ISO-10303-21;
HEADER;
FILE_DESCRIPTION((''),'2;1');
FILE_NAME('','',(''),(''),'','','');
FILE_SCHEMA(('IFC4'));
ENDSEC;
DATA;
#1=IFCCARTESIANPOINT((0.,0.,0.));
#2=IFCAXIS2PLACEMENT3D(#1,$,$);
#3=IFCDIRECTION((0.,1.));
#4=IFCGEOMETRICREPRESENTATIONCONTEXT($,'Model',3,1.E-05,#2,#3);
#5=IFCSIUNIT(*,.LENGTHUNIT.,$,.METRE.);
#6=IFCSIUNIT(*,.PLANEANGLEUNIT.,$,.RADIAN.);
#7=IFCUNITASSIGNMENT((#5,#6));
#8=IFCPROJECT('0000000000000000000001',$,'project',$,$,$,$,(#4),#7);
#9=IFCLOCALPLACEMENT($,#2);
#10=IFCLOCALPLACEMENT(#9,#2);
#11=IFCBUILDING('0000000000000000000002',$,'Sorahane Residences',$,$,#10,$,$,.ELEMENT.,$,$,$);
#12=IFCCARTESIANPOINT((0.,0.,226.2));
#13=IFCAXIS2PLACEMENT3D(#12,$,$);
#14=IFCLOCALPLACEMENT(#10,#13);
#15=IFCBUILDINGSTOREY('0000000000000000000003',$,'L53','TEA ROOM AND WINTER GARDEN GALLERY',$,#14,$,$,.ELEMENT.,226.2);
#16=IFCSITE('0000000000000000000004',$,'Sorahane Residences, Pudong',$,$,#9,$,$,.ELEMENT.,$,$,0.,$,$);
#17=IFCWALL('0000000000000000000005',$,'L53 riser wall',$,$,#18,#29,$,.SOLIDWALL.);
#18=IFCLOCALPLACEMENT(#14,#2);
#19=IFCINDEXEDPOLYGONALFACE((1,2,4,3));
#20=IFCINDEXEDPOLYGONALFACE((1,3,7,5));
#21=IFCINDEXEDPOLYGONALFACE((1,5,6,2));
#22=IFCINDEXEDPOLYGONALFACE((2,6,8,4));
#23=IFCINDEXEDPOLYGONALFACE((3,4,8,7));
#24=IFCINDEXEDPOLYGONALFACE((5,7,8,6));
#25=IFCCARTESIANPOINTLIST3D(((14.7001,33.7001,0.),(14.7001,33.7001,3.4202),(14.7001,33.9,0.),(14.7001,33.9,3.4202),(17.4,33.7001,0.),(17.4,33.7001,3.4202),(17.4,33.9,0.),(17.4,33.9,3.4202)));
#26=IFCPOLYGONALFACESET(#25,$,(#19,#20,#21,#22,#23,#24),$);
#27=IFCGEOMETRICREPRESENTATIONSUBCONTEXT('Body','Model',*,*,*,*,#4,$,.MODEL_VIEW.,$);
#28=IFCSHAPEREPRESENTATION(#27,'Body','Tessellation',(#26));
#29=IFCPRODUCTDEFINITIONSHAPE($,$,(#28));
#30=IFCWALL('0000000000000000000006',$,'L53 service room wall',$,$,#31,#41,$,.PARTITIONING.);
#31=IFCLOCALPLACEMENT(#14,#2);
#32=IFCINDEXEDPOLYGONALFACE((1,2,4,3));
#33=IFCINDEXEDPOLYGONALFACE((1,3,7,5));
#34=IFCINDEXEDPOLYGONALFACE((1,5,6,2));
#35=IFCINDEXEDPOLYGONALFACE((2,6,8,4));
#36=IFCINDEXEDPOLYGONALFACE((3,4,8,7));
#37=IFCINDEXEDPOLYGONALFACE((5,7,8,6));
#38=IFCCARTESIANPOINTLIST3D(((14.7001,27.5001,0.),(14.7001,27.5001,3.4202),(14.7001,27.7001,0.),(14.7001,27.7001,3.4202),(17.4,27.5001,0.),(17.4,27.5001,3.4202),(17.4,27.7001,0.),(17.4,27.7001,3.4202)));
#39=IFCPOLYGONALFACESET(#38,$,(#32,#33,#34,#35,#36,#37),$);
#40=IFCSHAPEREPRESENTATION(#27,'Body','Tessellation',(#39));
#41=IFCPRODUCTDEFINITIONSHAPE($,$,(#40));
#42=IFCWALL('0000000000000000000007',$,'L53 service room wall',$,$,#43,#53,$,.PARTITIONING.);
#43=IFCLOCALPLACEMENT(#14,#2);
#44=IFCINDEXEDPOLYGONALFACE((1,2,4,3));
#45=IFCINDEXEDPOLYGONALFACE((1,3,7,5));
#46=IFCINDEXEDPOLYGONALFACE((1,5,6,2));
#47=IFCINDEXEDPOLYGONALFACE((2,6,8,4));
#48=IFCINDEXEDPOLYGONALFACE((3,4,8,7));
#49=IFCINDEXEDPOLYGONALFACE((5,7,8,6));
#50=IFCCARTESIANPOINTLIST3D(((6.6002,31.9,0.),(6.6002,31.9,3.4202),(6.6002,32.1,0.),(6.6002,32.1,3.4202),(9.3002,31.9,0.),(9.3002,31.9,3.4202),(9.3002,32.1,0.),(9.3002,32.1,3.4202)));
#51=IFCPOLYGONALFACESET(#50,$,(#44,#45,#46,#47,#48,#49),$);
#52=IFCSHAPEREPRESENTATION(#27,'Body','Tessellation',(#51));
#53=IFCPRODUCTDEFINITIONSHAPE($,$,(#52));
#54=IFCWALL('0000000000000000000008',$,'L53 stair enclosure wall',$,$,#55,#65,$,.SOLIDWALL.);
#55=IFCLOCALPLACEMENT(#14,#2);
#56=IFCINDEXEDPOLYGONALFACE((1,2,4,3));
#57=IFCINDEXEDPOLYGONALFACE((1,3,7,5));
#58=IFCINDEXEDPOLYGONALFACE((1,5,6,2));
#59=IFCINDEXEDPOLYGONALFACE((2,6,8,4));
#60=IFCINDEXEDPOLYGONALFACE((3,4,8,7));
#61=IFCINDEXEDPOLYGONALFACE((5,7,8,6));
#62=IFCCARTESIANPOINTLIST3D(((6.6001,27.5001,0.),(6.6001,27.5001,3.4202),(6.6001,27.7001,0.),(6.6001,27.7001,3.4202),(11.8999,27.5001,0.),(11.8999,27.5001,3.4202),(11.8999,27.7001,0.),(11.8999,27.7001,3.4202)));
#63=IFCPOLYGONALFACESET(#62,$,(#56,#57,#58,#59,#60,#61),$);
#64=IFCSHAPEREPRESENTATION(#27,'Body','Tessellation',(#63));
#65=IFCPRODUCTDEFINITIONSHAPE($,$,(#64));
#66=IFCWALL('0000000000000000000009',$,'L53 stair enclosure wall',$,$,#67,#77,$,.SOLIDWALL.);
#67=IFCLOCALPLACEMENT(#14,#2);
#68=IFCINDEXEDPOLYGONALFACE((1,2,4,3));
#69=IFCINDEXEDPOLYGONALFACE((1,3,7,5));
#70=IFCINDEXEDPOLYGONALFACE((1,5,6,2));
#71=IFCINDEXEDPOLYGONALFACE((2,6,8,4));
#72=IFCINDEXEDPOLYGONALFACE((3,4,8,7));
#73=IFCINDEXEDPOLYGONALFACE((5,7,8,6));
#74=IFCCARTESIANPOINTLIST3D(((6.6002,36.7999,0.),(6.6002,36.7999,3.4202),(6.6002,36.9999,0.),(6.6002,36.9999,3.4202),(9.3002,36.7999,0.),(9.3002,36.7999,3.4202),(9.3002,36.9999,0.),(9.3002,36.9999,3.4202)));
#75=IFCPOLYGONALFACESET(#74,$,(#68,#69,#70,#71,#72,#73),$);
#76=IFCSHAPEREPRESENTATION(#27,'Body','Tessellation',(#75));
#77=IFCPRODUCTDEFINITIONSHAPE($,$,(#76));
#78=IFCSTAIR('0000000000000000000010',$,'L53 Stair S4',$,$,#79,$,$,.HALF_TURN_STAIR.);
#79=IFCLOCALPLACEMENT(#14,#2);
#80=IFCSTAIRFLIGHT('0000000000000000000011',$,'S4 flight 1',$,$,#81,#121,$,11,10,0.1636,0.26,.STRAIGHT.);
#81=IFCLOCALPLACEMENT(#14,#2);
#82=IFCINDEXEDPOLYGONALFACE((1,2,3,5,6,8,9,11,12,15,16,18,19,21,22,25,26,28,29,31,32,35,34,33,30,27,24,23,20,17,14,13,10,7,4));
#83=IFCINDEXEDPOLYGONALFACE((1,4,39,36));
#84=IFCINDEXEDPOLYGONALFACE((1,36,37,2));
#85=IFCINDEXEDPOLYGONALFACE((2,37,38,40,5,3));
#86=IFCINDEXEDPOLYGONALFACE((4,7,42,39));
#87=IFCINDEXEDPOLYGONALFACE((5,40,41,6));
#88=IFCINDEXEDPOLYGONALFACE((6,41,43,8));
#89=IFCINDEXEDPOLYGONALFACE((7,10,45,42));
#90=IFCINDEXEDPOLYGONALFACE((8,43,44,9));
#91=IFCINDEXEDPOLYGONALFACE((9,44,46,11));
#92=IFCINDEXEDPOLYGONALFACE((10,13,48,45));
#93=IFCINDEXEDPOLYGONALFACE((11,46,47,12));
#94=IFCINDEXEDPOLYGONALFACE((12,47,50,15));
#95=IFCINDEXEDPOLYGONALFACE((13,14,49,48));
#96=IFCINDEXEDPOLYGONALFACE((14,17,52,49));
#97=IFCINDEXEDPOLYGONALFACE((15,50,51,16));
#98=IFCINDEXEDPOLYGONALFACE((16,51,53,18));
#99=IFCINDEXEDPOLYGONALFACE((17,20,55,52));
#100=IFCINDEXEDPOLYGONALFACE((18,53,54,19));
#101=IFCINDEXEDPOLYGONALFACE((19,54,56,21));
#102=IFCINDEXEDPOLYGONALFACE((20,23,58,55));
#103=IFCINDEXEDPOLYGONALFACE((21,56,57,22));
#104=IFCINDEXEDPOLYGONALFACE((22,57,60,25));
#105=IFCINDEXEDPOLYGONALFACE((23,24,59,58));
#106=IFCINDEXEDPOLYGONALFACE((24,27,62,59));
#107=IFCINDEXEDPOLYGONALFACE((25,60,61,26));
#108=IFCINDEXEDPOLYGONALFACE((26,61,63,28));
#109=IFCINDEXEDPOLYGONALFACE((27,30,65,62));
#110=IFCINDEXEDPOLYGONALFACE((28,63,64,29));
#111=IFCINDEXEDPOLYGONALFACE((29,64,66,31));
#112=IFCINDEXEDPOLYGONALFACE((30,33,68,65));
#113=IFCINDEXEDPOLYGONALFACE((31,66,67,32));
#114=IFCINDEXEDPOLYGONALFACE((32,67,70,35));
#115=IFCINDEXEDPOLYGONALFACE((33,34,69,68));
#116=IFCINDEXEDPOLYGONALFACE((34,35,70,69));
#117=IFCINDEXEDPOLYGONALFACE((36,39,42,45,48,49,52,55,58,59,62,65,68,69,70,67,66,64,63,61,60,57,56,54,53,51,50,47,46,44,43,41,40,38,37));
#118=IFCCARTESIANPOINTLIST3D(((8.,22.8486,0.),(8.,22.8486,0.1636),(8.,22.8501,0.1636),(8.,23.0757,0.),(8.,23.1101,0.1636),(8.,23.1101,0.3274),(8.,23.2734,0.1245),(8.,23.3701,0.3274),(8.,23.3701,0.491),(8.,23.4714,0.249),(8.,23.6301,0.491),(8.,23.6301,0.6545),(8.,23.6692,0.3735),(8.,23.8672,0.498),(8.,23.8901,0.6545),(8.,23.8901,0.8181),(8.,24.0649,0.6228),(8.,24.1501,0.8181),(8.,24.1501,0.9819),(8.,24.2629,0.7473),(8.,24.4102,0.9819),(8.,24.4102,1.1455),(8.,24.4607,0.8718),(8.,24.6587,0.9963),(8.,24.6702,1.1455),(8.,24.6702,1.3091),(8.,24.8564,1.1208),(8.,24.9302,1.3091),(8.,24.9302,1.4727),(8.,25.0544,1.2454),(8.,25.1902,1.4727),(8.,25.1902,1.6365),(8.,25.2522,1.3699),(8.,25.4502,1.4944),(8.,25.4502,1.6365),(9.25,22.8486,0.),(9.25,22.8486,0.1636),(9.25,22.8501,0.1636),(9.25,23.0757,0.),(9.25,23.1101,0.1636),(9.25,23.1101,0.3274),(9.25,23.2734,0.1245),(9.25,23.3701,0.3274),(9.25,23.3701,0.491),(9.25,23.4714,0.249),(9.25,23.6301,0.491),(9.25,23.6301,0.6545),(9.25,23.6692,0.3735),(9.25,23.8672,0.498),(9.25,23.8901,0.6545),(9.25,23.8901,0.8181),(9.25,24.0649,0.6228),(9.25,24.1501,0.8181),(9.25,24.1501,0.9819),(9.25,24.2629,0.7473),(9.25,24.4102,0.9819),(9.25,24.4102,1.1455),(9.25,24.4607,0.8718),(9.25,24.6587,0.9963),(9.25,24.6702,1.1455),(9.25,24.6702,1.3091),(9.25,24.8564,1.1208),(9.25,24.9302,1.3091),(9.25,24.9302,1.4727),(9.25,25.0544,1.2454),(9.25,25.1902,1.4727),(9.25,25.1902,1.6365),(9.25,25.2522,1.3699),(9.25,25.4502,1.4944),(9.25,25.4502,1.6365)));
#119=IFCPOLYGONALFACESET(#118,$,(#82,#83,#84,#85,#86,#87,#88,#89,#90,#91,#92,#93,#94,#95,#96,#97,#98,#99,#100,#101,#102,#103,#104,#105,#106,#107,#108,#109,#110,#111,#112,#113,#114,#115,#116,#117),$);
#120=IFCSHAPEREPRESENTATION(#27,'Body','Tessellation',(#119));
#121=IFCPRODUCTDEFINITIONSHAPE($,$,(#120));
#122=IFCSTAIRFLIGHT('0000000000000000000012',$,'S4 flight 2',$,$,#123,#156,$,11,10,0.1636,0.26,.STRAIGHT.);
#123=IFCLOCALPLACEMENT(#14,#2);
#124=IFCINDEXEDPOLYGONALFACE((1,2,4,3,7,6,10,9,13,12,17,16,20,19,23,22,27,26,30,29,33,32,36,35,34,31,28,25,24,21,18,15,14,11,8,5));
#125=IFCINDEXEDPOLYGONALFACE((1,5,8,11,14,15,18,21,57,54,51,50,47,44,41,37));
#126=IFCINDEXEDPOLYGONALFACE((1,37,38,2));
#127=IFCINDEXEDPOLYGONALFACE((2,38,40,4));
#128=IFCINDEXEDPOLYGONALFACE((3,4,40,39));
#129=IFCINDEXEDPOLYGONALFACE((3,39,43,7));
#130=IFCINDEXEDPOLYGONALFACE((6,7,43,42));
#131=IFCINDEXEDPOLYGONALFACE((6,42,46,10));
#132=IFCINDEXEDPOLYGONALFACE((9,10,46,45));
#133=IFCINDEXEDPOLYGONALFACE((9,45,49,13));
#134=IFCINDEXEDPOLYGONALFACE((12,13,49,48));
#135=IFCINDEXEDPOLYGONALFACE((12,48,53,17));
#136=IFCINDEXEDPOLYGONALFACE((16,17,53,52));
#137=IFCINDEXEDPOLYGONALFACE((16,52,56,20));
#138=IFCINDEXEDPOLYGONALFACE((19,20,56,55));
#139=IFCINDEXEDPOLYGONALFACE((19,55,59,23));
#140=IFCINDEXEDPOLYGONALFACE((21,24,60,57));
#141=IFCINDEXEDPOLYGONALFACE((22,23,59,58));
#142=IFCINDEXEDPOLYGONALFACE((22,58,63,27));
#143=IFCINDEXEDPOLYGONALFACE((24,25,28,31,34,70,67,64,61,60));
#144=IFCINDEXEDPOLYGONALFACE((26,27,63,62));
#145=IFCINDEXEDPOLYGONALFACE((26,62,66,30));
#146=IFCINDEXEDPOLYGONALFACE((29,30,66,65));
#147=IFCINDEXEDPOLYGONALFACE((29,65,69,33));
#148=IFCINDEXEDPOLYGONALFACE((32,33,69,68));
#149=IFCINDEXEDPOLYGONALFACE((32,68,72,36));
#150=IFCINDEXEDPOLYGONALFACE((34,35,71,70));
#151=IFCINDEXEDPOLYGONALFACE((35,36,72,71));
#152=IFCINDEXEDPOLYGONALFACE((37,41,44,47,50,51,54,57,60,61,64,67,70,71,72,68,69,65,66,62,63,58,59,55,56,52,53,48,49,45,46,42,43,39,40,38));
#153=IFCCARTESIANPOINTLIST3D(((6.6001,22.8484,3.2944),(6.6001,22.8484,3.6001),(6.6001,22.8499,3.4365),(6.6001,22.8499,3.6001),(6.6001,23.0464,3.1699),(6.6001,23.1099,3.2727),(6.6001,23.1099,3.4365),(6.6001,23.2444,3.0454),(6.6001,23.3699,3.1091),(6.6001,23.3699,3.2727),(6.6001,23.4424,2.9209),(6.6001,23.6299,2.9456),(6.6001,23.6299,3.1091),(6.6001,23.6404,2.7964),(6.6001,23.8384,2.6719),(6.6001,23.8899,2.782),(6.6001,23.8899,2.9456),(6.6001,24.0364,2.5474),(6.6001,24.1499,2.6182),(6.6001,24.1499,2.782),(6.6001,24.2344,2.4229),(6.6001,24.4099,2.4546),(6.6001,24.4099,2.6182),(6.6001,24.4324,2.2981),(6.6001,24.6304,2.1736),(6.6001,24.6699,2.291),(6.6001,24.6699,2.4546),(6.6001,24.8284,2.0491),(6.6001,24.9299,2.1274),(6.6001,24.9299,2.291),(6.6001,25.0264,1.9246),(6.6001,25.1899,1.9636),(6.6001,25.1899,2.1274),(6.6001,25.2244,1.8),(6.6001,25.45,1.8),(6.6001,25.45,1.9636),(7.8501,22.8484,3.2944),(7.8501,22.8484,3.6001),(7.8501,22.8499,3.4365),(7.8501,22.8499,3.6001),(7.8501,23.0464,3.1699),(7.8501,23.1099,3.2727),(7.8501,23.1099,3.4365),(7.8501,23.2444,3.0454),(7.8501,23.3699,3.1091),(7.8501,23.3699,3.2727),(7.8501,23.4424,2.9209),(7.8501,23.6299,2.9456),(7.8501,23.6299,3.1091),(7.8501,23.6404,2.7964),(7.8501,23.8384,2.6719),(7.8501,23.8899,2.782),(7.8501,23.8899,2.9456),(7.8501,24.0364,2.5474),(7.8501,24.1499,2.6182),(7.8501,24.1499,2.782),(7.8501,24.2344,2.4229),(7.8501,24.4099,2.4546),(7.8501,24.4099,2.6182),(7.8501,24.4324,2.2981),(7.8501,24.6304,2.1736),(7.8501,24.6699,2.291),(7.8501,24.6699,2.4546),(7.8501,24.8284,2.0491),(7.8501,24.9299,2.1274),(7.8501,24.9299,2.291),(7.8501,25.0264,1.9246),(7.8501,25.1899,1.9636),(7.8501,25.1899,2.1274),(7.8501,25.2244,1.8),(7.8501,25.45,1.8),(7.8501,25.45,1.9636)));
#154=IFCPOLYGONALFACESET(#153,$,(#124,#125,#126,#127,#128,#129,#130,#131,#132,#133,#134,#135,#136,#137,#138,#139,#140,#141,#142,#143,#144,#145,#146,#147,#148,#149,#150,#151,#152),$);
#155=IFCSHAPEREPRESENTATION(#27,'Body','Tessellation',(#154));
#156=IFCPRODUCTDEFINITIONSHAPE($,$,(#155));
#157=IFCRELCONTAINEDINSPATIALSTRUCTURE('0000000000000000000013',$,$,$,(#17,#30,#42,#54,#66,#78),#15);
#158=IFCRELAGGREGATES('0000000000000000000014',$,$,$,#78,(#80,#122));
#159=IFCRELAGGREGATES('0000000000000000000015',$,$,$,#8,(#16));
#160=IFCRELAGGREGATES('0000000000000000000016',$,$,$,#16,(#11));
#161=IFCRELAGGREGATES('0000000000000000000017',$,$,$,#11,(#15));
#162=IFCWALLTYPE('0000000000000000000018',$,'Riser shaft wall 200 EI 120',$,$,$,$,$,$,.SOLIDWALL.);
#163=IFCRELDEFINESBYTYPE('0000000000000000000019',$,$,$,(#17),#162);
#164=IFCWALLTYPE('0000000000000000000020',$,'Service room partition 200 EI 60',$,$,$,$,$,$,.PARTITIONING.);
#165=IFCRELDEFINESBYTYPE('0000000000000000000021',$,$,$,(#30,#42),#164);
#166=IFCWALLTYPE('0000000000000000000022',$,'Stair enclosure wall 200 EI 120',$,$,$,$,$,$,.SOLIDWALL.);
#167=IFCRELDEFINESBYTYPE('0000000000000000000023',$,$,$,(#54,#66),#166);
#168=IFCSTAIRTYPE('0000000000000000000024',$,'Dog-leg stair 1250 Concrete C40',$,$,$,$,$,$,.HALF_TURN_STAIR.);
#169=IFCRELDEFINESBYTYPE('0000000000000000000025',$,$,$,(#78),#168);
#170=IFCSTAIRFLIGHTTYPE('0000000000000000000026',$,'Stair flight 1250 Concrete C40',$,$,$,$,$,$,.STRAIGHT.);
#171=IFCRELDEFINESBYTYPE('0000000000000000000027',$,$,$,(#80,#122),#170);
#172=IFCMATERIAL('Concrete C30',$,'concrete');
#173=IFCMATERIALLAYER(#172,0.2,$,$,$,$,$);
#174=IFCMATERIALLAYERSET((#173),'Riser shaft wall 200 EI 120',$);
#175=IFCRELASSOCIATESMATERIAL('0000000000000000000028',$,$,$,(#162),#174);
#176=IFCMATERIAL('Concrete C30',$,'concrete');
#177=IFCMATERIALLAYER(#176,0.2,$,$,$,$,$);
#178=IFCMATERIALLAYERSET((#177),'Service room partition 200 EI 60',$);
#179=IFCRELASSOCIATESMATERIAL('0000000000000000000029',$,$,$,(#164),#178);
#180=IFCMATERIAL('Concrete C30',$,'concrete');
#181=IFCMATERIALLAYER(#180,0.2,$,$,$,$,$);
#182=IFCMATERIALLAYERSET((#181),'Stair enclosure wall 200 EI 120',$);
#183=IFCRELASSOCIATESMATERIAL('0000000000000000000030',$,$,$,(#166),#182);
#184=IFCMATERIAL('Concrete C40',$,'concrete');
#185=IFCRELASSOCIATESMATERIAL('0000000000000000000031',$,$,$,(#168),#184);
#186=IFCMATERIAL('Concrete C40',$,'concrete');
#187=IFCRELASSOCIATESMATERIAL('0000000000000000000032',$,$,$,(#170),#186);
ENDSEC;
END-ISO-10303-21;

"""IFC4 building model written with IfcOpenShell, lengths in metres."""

from ifc_helpers import new_model, si_unit, direction, frame, frame_2d, origin, place, context, subcontext, project, spatial, polyline, rectangle, outline, extrude, material, layer, layer_set, type_object, element, aggregate, save


model = new_model("IFC4")

# Units and contexts
model_context = context("Model", 3, precision=1e-05, world=origin(), true_north=direction((0.0, 1.0)))
body_context = subcontext(model_context, "Body", "Model", "MODEL_VIEW")
ifc_project = project(units=[si_unit("LENGTHUNIT", "METRE"), si_unit("PLANEANGLEUNIT", "RADIAN")], contexts=[model_context])

# Site, building, storey
site_placement = place(None, origin())
site = spatial("IfcSite", under=ifc_project, at=site_placement, Name="Sorahane Residences, Pudong", CompositionType="ELEMENT", RefElevation=0.0)
building_placement = place(site_placement, origin())
building = spatial("IfcBuilding", under=site, at=building_placement, Name="Sorahane Residences", CompositionType="ELEMENT")
storey_placement = place(building_placement, frame((0.0, 0.0, 226.2)))
storey = spatial("IfcBuildingStorey", under=building, at=storey_placement, Name="L53", Description="TEA ROOM AND WINTER GARDEN GALLERY", CompositionType="ELEMENT", Elevation=226.2)

# Walls
ifc_material_1 = material(Name="Concrete C30", Category="concrete")
ifc_layer_1 = layer(ifc_material_1, 0.2)
ifc_layer_set_1 = layer_set([ifc_layer_1], Name="Riser shaft wall 200 EI 120")
wall_type_1 = type_object("IfcWallType", Name="Riser shaft wall 200 EI 120", PredefinedType="SOLIDWALL", material=ifc_layer_set_1)
wall_1_placement = place(storey_placement, frame((14.7, 33.8, 0.0), z_axis=(0.0, 0.0, 1.0), x_axis=(1.0, 0.0, 0.0)))
element("IfcWall", 1, at=wall_1_placement, inside=storey, type_object=wall_type_1, Name="L53 riser wall", PredefinedType="SOLIDWALL", context=body_context, shape_type="SweptSolid", body=[
    extrude(rectangle(XDim=2.7, YDim=0.2, at=frame_2d((1.3501, 0.0))), origin(), (0.0, 0.0, 1.0), 3.4202),
])
ifc_material_2 = material(Name="Concrete C30", Category="concrete")
ifc_layer_2 = layer(ifc_material_2, 0.2)
ifc_layer_set_2 = layer_set([ifc_layer_2], Name="Service room partition 200 EI 60")
wall_type_2 = type_object("IfcWallType", Name="Service room partition 200 EI 60", PredefinedType="PARTITIONING", material=ifc_layer_set_2)
for number, where, z_axis, x_axis, name in (
    (2, (14.7, 27.6001, 0.0), (0.0, 0.0, 1.0), (1.0, 0.0, 0.0), "L53 service room wall"),
    (3, (6.6001, 32.0, 0.0), (0.0, 0.0, 1.0), (1.0, 0.0, 0.0), "L53 service room wall"),
):
    element("IfcWall", number, at=place(storey_placement, frame(where, z_axis=z_axis, x_axis=x_axis)), inside=storey, type_object=wall_type_2, Name=name, PredefinedType="PARTITIONING", context=body_context, shape_type="SweptSolid", body=[
        extrude(rectangle(XDim=2.7, YDim=0.2, at=frame_2d((1.3501, 0.0))), origin(), (0.0, 0.0, 1.0), 3.4202),
    ])
ifc_material_3 = material(Name="Concrete C30", Category="concrete")
ifc_layer_3 = layer(ifc_material_3, 0.2)
ifc_layer_set_3 = layer_set([ifc_layer_3], Name="Stair enclosure wall 200 EI 120")
wall_type_3 = type_object("IfcWallType", Name="Stair enclosure wall 200 EI 120", PredefinedType="SOLIDWALL", material=ifc_layer_set_3)
wall_2_placement = place(storey_placement, frame((6.6001, 27.6001, 0.0), z_axis=(0.0, 0.0, 1.0), x_axis=(1.0, 0.0, 0.0)))
element("IfcWall", 4, at=wall_2_placement, inside=storey, type_object=wall_type_3, Name="L53 stair enclosure wall", PredefinedType="SOLIDWALL", context=body_context, shape_type="SweptSolid", body=[
    extrude(rectangle(XDim=5.2998, YDim=0.2, at=frame_2d((2.6499, 0.0))), origin(), (0.0, 0.0, 1.0), 3.4202),
])
wall_3_placement = place(storey_placement, frame((6.6001, 36.8999, 0.0), z_axis=(0.0, 0.0, 1.0), x_axis=(1.0, 0.0, 0.0)))
element("IfcWall", 5, at=wall_3_placement, inside=storey, type_object=wall_type_3, Name="L53 stair enclosure wall", PredefinedType="SOLIDWALL", context=body_context, shape_type="SweptSolid", body=[
    extrude(rectangle(XDim=2.7, YDim=0.2, at=frame_2d((1.3501, 0.0))), origin(), (0.0, 0.0, 1.0), 3.4202),
])

# Stair, stair flights
ifc_material_4 = material(Name="Concrete C40", Category="concrete")
stair_type = type_object("IfcStairType", Name="Dog-leg stair 1250 Concrete C40", PredefinedType="HALF_TURN_STAIR", material=ifc_material_4)
stair_placement = place(storey_placement, origin())
stair = element("IfcStair", 6, at=stair_placement, inside=storey, type_object=stair_type, Name="L53 Stair S4", PredefinedType="HALF_TURN_STAIR")
ifc_material_5 = material(Name="Concrete C40", Category="concrete")
stair_flight_type = type_object("IfcStairFlightType", Name="Stair flight 1250 Concrete C40", PredefinedType="STRAIGHT", material=ifc_material_5)
stair_flight_1_placement = place(storey_placement, frame((8.625, 22.8501, 0.0), z_axis=(0.0, 0.0, 1.0), x_axis=(0.0, 1.0, 0.0)))
stair_flight_1 = element("IfcStairFlight", 7, at=stair_flight_1_placement, type_object=stair_flight_type, Name="S4 flight 1", NumberOfRisers=11, NumberOfTreads=10, PredefinedType="STRAIGHT", RiserHeight=0.1636, TreadLength=0.26, context=body_context, shape_type="SweptSolid", body=[
    extrude(outline(polyline([(-0.0015, 0.0), (-0.0015, 0.1636), (0.0, 0.1636), (0.26, 0.1636), (0.26, 0.3274), (0.52, 0.3274), (0.52, 0.491), (0.78, 0.491), (0.78, 0.6545), (1.04, 0.6545), (1.04, 0.8181), (1.3, 0.8181), (1.3, 0.9819), (1.5601, 0.9819), (1.5601, 1.1455), (1.8201, 1.1455), (1.8201, 1.3091), (2.0801, 1.3091), (2.0801, 1.4727), (2.3401, 1.4727), (2.3401, 1.6365), (2.6001, 1.6365), (2.6001, 1.8), (2.6001, 1.4944), (2.4021, 1.3699), (2.2043, 1.2454), (2.0063, 1.1208), (1.8086, 0.9963), (1.6106, 0.8718), (1.4128, 0.7473), (1.2148, 0.6228), (1.0171, 0.498), (0.8191, 0.3735), (0.6213, 0.249), (0.4233, 0.1245), (0.2256, 0.0), (-0.0015, 0.0)])), frame((0.0, 0.625, 0.0), z_axis=(0.0, -1.0, 0.0), x_axis=(1.0, 0.0, 0.0)), (0.0, 0.0, 1.0), 1.25),
])
stair_flight_2_placement = place(storey_placement, frame((7.2251, 25.45, 1.8), z_axis=(0.0, 0.0, 1.0), x_axis=(0.0, -1.0, 0.0)))
stair_flight_2 = element("IfcStairFlight", 8, at=stair_flight_2_placement, type_object=stair_flight_type, Name="S4 flight 2", NumberOfRisers=11, NumberOfTreads=10, PredefinedType="STRAIGHT", RiserHeight=0.1636, TreadLength=0.26, context=body_context, shape_type="SweptSolid", body=[
    extrude(outline(polyline([(0.0, 0.0), (0.0, 0.1636), (0.26, 0.1636), (0.26, 0.3274), (0.52, 0.3274), (0.52, 0.491), (0.78, 0.491), (0.78, 0.6545), (1.04, 0.6545), (1.04, 0.8181), (1.3, 0.8181), (1.3, 0.9819), (1.5601, 0.9819), (1.5601, 1.1455), (1.8201, 1.1455), (1.8201, 1.3091), (2.0801, 1.3091), (2.0801, 1.4727), (2.3401, 1.4727), (2.3401, 1.6365), (2.6001, 1.6365), (2.6001, 1.8), (2.6016, 1.8), (2.6016, 1.4944), (2.4036, 1.3699), (2.2056, 1.2454), (2.0076, 1.1208), (1.8096, 0.9963), (1.6116, 0.8718), (1.4136, 0.7473), (1.2156, 0.6228), (1.0176, 0.498), (0.8196, 0.3735), (0.6216, 0.249), (0.4236, 0.1245), (0.2256, 0.0), (0.0, 0.0)])), frame((0.0, 0.625, 0.0), z_axis=(0.0, -1.0, 0.0), x_axis=(1.0, 0.0, 0.0)), (0.0, 0.0, 1.0), 1.25),
])
aggregate(stair, [stair_flight_1, stair_flight_2])

save(model, "model.ifc")
